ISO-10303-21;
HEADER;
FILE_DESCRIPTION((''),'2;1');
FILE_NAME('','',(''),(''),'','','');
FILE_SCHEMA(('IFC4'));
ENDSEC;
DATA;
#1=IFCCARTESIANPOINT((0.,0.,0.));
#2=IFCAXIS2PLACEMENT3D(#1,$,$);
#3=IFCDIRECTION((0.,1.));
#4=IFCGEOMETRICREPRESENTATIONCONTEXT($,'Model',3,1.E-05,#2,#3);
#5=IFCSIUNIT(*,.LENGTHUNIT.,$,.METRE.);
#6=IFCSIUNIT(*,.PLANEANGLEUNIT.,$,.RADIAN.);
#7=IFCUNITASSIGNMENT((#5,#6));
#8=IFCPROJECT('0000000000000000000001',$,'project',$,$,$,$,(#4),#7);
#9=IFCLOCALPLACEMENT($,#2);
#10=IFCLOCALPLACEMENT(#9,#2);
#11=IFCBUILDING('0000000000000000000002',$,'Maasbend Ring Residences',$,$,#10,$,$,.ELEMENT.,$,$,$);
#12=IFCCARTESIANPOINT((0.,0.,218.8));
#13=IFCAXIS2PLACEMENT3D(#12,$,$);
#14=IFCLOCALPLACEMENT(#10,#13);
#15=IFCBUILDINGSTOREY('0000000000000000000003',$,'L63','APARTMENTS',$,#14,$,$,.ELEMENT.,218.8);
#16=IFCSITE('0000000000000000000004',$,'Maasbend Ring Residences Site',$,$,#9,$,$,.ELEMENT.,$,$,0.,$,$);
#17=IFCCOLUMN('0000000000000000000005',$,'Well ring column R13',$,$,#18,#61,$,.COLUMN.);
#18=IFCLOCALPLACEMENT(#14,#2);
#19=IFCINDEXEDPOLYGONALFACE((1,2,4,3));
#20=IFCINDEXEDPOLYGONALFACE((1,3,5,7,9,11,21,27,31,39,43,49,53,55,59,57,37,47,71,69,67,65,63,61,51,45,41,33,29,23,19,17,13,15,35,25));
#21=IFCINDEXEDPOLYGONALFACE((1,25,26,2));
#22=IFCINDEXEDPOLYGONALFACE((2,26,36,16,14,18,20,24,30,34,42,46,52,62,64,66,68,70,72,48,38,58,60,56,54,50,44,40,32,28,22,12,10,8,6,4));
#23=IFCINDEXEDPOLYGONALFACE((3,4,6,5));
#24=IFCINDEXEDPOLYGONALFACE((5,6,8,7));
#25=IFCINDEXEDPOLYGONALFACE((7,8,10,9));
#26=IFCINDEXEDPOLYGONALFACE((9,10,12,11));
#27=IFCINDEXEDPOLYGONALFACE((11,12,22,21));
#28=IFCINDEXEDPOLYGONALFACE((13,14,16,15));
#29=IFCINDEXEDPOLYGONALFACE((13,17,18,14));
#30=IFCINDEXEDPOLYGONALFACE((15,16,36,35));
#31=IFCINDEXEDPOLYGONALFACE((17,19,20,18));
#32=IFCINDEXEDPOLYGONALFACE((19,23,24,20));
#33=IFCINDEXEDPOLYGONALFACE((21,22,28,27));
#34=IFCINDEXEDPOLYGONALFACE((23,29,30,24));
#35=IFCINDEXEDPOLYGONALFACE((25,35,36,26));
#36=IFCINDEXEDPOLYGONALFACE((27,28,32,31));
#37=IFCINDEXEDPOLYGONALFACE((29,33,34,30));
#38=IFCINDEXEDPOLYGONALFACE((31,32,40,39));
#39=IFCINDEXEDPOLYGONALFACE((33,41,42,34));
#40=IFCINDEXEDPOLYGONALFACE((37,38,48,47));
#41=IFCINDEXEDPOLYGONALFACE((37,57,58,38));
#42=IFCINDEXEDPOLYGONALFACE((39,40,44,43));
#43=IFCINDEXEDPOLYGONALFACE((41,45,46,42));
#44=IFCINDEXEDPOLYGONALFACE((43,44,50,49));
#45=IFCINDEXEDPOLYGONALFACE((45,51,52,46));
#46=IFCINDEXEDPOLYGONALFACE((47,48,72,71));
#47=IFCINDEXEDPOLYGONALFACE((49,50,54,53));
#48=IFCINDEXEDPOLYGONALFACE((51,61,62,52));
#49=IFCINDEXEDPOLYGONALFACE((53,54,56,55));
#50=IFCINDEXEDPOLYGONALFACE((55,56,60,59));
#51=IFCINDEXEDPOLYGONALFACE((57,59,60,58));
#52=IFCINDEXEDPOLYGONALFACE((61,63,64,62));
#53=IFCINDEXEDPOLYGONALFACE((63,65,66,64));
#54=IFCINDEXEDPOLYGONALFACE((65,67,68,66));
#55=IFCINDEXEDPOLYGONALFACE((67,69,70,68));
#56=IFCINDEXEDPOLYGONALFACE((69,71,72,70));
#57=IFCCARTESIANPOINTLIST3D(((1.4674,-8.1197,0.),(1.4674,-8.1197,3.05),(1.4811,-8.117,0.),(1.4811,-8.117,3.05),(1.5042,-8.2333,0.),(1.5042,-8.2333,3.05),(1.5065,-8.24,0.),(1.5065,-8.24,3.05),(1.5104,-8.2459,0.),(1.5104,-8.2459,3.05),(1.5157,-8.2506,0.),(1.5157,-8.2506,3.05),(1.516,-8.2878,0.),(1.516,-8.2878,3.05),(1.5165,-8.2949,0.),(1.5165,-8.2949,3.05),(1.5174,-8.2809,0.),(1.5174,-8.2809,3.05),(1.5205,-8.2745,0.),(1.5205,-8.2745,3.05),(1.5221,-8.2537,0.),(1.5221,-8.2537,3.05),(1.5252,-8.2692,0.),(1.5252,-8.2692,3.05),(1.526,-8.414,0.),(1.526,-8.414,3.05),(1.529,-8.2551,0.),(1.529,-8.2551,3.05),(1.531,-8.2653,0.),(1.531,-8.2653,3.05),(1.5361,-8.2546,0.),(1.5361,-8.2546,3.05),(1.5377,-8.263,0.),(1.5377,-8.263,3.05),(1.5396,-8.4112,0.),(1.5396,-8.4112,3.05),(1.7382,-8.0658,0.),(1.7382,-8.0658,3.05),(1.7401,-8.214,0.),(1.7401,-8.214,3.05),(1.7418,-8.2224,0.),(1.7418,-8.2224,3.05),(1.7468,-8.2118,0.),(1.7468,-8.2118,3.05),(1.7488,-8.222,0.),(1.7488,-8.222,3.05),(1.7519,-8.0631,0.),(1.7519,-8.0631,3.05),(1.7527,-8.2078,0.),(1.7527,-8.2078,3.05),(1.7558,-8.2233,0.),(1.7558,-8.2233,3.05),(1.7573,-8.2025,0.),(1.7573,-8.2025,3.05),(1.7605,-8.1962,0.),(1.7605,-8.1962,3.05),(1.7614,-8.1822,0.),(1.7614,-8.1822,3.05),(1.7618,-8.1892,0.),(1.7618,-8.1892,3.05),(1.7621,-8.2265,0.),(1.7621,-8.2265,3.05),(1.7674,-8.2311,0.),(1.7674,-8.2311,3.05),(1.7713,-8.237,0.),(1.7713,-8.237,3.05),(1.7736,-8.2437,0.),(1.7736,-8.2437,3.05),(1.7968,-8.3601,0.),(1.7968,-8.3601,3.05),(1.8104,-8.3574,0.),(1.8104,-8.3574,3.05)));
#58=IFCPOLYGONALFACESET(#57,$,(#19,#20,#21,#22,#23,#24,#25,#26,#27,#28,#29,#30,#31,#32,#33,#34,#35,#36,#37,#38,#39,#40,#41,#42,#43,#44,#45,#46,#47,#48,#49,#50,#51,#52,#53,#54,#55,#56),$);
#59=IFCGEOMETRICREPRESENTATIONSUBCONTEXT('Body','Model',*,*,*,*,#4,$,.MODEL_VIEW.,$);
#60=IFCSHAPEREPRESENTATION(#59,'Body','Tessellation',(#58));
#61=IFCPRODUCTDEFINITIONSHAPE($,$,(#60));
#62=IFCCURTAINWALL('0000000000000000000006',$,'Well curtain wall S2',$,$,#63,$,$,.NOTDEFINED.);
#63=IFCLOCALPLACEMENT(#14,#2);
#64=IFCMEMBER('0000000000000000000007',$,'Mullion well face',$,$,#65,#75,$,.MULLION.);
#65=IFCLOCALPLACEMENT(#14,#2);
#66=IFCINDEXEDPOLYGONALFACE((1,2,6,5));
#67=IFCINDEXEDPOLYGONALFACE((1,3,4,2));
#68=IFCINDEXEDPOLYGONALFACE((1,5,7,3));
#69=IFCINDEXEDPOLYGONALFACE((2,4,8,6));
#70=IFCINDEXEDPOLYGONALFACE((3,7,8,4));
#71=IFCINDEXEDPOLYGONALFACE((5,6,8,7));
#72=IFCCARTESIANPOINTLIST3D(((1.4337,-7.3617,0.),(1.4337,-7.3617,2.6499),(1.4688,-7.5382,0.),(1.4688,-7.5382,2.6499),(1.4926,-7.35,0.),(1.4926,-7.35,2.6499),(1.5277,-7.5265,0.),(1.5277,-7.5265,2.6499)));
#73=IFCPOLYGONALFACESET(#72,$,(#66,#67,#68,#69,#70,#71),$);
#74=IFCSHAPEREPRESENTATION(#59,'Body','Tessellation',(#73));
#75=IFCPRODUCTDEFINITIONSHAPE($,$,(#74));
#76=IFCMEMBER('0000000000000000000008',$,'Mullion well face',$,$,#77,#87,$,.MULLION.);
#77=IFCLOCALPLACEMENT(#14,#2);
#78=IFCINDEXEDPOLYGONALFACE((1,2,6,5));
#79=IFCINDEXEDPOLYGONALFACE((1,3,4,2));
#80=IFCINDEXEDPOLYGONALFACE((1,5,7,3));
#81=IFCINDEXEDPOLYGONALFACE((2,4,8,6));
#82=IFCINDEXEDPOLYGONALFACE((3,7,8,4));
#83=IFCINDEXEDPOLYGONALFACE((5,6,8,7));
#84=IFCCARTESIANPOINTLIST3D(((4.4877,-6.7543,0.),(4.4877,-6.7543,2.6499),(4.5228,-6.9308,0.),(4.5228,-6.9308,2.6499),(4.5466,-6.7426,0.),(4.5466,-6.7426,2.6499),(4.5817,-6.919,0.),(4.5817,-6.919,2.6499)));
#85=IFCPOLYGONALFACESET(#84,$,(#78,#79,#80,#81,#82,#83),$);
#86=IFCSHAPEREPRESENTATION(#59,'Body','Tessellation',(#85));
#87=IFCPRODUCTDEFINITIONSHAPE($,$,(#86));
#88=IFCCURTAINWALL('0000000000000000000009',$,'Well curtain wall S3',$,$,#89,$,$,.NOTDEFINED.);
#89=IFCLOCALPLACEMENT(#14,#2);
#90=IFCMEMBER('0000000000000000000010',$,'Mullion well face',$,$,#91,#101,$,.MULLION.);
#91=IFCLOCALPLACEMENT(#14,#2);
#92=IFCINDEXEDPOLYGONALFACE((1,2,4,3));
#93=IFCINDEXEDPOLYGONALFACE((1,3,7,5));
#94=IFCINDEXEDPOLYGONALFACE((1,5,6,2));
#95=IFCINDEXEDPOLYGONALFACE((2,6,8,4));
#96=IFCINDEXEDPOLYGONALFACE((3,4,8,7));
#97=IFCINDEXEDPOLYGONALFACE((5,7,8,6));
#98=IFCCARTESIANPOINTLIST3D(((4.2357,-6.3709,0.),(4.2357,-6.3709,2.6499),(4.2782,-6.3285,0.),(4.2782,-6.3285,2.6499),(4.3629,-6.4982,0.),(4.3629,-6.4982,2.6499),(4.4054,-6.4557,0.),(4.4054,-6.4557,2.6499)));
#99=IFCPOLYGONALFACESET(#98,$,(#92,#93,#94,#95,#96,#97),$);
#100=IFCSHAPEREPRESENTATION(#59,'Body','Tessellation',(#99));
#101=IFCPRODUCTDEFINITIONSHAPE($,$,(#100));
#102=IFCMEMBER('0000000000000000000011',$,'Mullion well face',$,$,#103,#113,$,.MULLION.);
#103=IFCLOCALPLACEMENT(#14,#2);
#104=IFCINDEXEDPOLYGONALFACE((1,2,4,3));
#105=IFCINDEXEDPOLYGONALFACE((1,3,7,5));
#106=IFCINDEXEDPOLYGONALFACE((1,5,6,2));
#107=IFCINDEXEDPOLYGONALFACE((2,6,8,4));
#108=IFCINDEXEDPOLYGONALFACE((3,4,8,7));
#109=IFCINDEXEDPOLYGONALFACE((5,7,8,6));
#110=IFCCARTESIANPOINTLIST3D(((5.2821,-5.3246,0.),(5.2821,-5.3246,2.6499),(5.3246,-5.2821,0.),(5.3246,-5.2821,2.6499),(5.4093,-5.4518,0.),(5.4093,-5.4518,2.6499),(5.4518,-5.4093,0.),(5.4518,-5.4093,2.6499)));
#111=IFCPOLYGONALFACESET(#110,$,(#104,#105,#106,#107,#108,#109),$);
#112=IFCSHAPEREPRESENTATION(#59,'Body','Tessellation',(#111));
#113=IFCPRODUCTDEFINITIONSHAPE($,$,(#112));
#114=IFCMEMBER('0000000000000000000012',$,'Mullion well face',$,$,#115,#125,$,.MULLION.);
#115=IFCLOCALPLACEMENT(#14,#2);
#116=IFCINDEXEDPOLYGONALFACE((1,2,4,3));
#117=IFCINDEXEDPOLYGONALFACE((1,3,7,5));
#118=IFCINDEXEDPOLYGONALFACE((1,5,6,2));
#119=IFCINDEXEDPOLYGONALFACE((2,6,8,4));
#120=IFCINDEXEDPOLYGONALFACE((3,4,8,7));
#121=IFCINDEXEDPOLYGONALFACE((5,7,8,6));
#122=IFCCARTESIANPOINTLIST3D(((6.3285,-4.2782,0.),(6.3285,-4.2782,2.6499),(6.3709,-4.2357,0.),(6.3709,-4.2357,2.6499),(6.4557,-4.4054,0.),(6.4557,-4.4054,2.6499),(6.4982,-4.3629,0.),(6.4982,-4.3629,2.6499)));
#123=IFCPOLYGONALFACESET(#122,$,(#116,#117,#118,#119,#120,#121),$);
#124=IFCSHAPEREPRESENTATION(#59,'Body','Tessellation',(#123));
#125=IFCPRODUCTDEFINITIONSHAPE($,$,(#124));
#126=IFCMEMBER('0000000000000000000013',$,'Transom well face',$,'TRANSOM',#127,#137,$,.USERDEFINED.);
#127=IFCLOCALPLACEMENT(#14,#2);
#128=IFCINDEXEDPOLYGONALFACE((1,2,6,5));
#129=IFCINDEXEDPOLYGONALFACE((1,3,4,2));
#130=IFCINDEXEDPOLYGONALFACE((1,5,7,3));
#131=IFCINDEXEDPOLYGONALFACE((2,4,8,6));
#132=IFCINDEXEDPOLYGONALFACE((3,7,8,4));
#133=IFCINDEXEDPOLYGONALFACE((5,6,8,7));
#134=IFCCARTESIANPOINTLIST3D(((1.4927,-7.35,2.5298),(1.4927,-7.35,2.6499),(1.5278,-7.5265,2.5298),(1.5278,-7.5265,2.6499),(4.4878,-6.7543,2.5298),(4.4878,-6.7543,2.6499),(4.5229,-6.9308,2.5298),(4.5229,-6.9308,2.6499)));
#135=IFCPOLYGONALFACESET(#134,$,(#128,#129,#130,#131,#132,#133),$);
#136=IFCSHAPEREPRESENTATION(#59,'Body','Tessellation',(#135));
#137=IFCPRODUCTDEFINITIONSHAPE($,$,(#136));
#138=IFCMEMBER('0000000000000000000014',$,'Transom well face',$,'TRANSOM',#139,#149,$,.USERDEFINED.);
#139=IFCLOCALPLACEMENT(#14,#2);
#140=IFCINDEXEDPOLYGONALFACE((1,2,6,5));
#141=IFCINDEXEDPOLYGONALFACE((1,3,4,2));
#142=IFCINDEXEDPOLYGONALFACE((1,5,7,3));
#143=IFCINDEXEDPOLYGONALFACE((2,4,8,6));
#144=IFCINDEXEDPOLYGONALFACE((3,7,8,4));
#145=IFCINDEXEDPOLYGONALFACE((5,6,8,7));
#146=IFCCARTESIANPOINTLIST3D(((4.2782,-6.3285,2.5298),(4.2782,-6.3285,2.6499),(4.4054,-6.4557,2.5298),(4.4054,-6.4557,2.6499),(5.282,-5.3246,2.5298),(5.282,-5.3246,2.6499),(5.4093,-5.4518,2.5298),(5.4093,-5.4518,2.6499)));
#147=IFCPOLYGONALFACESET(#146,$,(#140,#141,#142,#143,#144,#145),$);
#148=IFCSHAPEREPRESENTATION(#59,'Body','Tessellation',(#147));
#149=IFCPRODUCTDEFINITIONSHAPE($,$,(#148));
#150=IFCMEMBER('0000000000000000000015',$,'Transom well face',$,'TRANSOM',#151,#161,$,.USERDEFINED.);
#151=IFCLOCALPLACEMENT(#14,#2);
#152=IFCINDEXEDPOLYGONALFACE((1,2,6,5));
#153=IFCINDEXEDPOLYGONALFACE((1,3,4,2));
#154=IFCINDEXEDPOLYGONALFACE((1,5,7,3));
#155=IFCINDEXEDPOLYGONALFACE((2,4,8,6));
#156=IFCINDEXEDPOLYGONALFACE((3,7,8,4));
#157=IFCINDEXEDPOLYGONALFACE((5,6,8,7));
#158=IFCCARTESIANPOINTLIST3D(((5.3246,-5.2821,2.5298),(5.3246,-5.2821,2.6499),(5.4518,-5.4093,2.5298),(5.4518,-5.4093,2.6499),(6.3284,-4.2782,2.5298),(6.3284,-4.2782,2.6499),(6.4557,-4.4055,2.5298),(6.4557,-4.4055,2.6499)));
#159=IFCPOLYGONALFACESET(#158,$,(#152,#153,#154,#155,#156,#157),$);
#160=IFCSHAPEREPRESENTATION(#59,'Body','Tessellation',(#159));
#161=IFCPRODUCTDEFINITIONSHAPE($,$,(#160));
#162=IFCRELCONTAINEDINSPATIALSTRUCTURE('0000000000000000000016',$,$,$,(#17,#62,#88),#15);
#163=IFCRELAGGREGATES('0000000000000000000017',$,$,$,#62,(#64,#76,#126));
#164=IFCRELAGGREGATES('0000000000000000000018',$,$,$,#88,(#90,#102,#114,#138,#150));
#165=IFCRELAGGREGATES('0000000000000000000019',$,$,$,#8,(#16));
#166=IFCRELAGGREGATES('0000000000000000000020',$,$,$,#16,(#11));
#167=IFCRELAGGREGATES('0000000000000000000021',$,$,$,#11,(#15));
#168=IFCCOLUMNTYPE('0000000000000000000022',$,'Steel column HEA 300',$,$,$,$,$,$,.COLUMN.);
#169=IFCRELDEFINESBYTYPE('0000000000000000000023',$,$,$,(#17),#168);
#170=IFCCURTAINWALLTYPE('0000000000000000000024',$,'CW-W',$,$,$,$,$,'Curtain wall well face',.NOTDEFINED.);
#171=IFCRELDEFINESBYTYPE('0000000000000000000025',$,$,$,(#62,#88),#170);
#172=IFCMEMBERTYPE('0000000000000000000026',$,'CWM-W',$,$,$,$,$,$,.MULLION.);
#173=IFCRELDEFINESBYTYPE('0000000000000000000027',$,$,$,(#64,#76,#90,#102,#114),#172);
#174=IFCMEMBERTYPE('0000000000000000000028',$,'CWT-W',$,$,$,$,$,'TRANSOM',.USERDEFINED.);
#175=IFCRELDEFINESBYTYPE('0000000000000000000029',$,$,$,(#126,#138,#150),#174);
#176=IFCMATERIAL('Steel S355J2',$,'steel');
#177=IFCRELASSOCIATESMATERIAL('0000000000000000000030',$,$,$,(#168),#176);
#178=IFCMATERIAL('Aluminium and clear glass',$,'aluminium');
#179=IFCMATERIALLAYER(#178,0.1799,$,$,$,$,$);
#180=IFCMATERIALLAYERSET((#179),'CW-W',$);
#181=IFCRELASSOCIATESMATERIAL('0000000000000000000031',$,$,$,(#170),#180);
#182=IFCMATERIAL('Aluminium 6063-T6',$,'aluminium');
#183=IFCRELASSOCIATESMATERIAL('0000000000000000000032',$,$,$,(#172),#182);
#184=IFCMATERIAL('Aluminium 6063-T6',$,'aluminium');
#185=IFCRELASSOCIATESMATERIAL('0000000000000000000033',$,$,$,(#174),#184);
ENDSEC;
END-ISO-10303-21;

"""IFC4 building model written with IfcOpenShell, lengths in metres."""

from ifc_helpers import new_model, si_unit, direction, frame, origin, origin_2d, place, context, subcontext, project, spatial, rectangle, i_section, extrude, material, layer, layer_set, material_profile, profile_set, type_object, element, aggregate, save


model = new_model("IFC4")

# Units and contexts
model_context = context("Model", 3, precision=1e-05, world=origin(), true_north=direction((0.0, 1.0)))
body_context = subcontext(model_context, "Body", "Model", "MODEL_VIEW")
ifc_project = project(units=[si_unit("LENGTHUNIT", "METRE"), si_unit("PLANEANGLEUNIT", "RADIAN")], contexts=[model_context])

# Site, building, storey
site_placement = place(None, origin())
site = spatial("IfcSite", under=ifc_project, at=site_placement, Name="Maasbend Ring Residences Site", CompositionType="ELEMENT", RefElevation=0.0)
building_placement = place(site_placement, origin())
building = spatial("IfcBuilding", under=site, at=building_placement, Name="Maasbend Ring Residences", CompositionType="ELEMENT")
storey_placement = place(building_placement, frame((0.0, 0.0, 218.8)))
storey = spatial("IfcBuildingStorey", under=building, at=storey_placement, Name="L63", Description="APARTMENTS", CompositionType="ELEMENT", Elevation=218.8)

# Column
ifc_material_1 = material(Name="Steel S355J2", Category="steel")
ifc_material_profile_1 = material_profile(ifc_material_1, i_section(OverallWidth=0.3, OverallDepth=0.29, WebThickness=0.0085, FlangeThickness=0.0139, FilletRadius=0.0271, at=origin_2d()), Name="HEA 300")
ifc_profile_set_1 = profile_set([ifc_material_profile_1], Name="Steel S355J2")
column_type = type_object("IfcColumnType", Name="Steel column HEA 300", PredefinedType="COLUMN", material=ifc_profile_set_1)
column_placement = place(storey_placement, frame((1.6389, -8.2385, 0.0), z_axis=(0.0, 0.0, 1.0), x_axis=(0.19509, -0.980785, 0.0)))
element("IfcColumn", 1, at=column_placement, inside=storey, type_object=column_type, Name="Well ring column R13", PredefinedType="COLUMN", context=body_context, shape_type="SweptSolid", body=[
    extrude(i_section(OverallWidth=0.3, OverallDepth=0.29, WebThickness=0.0085, FlangeThickness=0.0139, FilletRadius=0.0271, at=origin_2d()), origin(), (0.0, 0.0, 1.0), 3.05),
])

# Curtain walls, members
ifc_material_2 = material(Name="Aluminium and clear glass", Category="aluminium")
ifc_layer_1 = layer(ifc_material_2, 0.1799)
ifc_layer_set_1 = layer_set([ifc_layer_1], Name="CW-W")
curtain_wall_type = type_object("IfcCurtainWallType", Name="CW-W", ElementType="Curtain wall well face", PredefinedType="NOTDEFINED", material=ifc_layer_set_1)
curtain_wall_1_placement = place(storey_placement, origin())
curtain_wall_1 = element("IfcCurtainWall", 2, at=curtain_wall_1_placement, inside=storey, type_object=curtain_wall_type, Name="Well curtain wall S2", PredefinedType="NOTDEFINED")
ifc_material_3 = material(Name="Aluminium 6063-T6", Category="aluminium")
ifc_material_profile_2 = material_profile(ifc_material_3, rectangle(XDim=0.1799, YDim=0.0601, at=origin_2d()), Name="AL 180x60")
ifc_profile_set_2 = profile_set([ifc_material_profile_2], Name="Aluminium 6063-T6")
member_type_1 = type_object("IfcMemberType", Name="CWM-W", PredefinedType="MULLION", material=ifc_profile_set_2)
member_1_placement = place(storey_placement, frame((1.4807, -7.4441, 0.0), z_axis=(0.0, 0.0, 1.0), x_axis=(-0.19509, 0.980785, 0.0)))
member_1 = element("IfcMember", 3, at=member_1_placement, type_object=member_type_1, Name="Mullion well face", PredefinedType="MULLION", context=body_context, shape_type="SweptSolid", body=[
    extrude(rectangle(XDim=0.1799, YDim=0.0601, at=origin_2d()), origin(), (0.0, 0.0, 1.0), 2.6499),
])
member_2_placement = place(storey_placement, frame((4.5347, -6.8367, 0.0), z_axis=(0.0, 0.0, 1.0), x_axis=(-0.19509, 0.980785, 0.0)))
member_2 = element("IfcMember", 4, at=member_2_placement, type_object=member_type_1, Name="Mullion well face", PredefinedType="MULLION", context=body_context, shape_type="SweptSolid", body=[
    extrude(rectangle(XDim=0.1799, YDim=0.0601, at=origin_2d()), origin(), (0.0, 0.0, 1.0), 2.6499),
])
curtain_wall_2_placement = place(storey_placement, origin())
curtain_wall_2 = element("IfcCurtainWall", 5, at=curtain_wall_2_placement, inside=storey, type_object=curtain_wall_type, Name="Well curtain wall S3", PredefinedType="NOTDEFINED")
member_3_placement = place(storey_placement, frame((4.3206, -6.4133, 0.0), z_axis=(0.0, 0.0, 1.0), x_axis=(-0.707107, 0.707107, 0.0)))
member_3 = element("IfcMember", 6, at=member_3_placement, type_object=member_type_1, Name="Mullion well face", PredefinedType="MULLION", context=body_context, shape_type="SweptSolid", body=[
    extrude(rectangle(XDim=0.1799, YDim=0.0601, at=origin_2d()), origin(), (0.0, 0.0, 1.0), 2.6499),
])
member_4_placement = place(storey_placement, frame((5.3669, -5.3669, 0.0), z_axis=(0.0, 0.0, 1.0), x_axis=(-0.707107, 0.707107, 0.0)))
member_4 = element("IfcMember", 7, at=member_4_placement, type_object=member_type_1, Name="Mullion well face", PredefinedType="MULLION", context=body_context, shape_type="SweptSolid", body=[
    extrude(rectangle(XDim=0.1799, YDim=0.0601, at=origin_2d()), origin(), (0.0, 0.0, 1.0), 2.6499),
])
member_5_placement = place(storey_placement, frame((6.4133, -4.3206, 0.0), z_axis=(0.0, 0.0, 1.0), x_axis=(-0.707107, 0.707107, 0.0)))
member_5 = element("IfcMember", 8, at=member_5_placement, type_object=member_type_1, Name="Mullion well face", PredefinedType="MULLION", context=body_context, shape_type="SweptSolid", body=[
    extrude(rectangle(XDim=0.1799, YDim=0.0601, at=origin_2d()), origin(), (0.0, 0.0, 1.0), 2.6499),
])

# Members
ifc_material_4 = material(Name="Aluminium 6063-T6", Category="aluminium")
ifc_material_profile_3 = material_profile(ifc_material_4, rectangle(XDim=0.1799, YDim=0.1201, at=origin_2d()), Name="AL 180x120")
ifc_profile_set_3 = profile_set([ifc_material_profile_3], Name="Aluminium 6063-T6")
member_type_2 = type_object("IfcMemberType", Name="CWT-W", ElementType="TRANSOM", PredefinedType="USERDEFINED", material=ifc_profile_set_3)
member_6_placement = place(storey_placement, frame((1.5103, -7.4382, 2.5898), z_axis=(0.980789, 0.195071, 0.0), x_axis=(-0.195071, 0.980789, 0.0)))
member_6 = element("IfcMember", 9, at=member_6_placement, type_object=member_type_2, Name="Transom well face", ObjectType="TRANSOM", PredefinedType="USERDEFINED", context=body_context, shape_type="SweptSolid", body=[
    extrude(rectangle(XDim=0.1799, YDim=0.1201, at=origin_2d()), origin(), (0.0, 0.0, 1.0), 3.0537),
])
member_7_placement = place(storey_placement, frame((4.3418, -6.3921, 2.5898), z_axis=(0.707107, 0.707107, 0.0), x_axis=(-0.707107, 0.707107, 0.0)))
member_7 = element("IfcMember", 10, at=member_7_placement, type_object=member_type_2, Name="Transom well face", ObjectType="TRANSOM", PredefinedType="USERDEFINED", context=body_context, shape_type="SweptSolid", body=[
    extrude(rectangle(XDim=0.1799, YDim=0.1201, at=origin_2d()), origin(), (0.0, 0.0, 1.0), 1.4197),
])
member_8_placement = place(storey_placement, frame((5.3882, -5.3457, 2.5898), z_axis=(0.707107, 0.707107, 0.0), x_axis=(-0.707107, 0.707107, 0.0)))
member_8 = element("IfcMember", 11, at=member_8_placement, type_object=member_type_2, Name="Transom well face", ObjectType="TRANSOM", PredefinedType="USERDEFINED", context=body_context, shape_type="SweptSolid", body=[
    extrude(rectangle(XDim=0.1799, YDim=0.1201, at=origin_2d()), origin(), (0.0, 0.0, 1.0), 1.4197),
])

aggregate(curtain_wall_1, [member_1, member_2, member_6])
aggregate(curtain_wall_2, [member_3, member_4, member_5, member_7, member_8])

save(model, "model.ifc")
